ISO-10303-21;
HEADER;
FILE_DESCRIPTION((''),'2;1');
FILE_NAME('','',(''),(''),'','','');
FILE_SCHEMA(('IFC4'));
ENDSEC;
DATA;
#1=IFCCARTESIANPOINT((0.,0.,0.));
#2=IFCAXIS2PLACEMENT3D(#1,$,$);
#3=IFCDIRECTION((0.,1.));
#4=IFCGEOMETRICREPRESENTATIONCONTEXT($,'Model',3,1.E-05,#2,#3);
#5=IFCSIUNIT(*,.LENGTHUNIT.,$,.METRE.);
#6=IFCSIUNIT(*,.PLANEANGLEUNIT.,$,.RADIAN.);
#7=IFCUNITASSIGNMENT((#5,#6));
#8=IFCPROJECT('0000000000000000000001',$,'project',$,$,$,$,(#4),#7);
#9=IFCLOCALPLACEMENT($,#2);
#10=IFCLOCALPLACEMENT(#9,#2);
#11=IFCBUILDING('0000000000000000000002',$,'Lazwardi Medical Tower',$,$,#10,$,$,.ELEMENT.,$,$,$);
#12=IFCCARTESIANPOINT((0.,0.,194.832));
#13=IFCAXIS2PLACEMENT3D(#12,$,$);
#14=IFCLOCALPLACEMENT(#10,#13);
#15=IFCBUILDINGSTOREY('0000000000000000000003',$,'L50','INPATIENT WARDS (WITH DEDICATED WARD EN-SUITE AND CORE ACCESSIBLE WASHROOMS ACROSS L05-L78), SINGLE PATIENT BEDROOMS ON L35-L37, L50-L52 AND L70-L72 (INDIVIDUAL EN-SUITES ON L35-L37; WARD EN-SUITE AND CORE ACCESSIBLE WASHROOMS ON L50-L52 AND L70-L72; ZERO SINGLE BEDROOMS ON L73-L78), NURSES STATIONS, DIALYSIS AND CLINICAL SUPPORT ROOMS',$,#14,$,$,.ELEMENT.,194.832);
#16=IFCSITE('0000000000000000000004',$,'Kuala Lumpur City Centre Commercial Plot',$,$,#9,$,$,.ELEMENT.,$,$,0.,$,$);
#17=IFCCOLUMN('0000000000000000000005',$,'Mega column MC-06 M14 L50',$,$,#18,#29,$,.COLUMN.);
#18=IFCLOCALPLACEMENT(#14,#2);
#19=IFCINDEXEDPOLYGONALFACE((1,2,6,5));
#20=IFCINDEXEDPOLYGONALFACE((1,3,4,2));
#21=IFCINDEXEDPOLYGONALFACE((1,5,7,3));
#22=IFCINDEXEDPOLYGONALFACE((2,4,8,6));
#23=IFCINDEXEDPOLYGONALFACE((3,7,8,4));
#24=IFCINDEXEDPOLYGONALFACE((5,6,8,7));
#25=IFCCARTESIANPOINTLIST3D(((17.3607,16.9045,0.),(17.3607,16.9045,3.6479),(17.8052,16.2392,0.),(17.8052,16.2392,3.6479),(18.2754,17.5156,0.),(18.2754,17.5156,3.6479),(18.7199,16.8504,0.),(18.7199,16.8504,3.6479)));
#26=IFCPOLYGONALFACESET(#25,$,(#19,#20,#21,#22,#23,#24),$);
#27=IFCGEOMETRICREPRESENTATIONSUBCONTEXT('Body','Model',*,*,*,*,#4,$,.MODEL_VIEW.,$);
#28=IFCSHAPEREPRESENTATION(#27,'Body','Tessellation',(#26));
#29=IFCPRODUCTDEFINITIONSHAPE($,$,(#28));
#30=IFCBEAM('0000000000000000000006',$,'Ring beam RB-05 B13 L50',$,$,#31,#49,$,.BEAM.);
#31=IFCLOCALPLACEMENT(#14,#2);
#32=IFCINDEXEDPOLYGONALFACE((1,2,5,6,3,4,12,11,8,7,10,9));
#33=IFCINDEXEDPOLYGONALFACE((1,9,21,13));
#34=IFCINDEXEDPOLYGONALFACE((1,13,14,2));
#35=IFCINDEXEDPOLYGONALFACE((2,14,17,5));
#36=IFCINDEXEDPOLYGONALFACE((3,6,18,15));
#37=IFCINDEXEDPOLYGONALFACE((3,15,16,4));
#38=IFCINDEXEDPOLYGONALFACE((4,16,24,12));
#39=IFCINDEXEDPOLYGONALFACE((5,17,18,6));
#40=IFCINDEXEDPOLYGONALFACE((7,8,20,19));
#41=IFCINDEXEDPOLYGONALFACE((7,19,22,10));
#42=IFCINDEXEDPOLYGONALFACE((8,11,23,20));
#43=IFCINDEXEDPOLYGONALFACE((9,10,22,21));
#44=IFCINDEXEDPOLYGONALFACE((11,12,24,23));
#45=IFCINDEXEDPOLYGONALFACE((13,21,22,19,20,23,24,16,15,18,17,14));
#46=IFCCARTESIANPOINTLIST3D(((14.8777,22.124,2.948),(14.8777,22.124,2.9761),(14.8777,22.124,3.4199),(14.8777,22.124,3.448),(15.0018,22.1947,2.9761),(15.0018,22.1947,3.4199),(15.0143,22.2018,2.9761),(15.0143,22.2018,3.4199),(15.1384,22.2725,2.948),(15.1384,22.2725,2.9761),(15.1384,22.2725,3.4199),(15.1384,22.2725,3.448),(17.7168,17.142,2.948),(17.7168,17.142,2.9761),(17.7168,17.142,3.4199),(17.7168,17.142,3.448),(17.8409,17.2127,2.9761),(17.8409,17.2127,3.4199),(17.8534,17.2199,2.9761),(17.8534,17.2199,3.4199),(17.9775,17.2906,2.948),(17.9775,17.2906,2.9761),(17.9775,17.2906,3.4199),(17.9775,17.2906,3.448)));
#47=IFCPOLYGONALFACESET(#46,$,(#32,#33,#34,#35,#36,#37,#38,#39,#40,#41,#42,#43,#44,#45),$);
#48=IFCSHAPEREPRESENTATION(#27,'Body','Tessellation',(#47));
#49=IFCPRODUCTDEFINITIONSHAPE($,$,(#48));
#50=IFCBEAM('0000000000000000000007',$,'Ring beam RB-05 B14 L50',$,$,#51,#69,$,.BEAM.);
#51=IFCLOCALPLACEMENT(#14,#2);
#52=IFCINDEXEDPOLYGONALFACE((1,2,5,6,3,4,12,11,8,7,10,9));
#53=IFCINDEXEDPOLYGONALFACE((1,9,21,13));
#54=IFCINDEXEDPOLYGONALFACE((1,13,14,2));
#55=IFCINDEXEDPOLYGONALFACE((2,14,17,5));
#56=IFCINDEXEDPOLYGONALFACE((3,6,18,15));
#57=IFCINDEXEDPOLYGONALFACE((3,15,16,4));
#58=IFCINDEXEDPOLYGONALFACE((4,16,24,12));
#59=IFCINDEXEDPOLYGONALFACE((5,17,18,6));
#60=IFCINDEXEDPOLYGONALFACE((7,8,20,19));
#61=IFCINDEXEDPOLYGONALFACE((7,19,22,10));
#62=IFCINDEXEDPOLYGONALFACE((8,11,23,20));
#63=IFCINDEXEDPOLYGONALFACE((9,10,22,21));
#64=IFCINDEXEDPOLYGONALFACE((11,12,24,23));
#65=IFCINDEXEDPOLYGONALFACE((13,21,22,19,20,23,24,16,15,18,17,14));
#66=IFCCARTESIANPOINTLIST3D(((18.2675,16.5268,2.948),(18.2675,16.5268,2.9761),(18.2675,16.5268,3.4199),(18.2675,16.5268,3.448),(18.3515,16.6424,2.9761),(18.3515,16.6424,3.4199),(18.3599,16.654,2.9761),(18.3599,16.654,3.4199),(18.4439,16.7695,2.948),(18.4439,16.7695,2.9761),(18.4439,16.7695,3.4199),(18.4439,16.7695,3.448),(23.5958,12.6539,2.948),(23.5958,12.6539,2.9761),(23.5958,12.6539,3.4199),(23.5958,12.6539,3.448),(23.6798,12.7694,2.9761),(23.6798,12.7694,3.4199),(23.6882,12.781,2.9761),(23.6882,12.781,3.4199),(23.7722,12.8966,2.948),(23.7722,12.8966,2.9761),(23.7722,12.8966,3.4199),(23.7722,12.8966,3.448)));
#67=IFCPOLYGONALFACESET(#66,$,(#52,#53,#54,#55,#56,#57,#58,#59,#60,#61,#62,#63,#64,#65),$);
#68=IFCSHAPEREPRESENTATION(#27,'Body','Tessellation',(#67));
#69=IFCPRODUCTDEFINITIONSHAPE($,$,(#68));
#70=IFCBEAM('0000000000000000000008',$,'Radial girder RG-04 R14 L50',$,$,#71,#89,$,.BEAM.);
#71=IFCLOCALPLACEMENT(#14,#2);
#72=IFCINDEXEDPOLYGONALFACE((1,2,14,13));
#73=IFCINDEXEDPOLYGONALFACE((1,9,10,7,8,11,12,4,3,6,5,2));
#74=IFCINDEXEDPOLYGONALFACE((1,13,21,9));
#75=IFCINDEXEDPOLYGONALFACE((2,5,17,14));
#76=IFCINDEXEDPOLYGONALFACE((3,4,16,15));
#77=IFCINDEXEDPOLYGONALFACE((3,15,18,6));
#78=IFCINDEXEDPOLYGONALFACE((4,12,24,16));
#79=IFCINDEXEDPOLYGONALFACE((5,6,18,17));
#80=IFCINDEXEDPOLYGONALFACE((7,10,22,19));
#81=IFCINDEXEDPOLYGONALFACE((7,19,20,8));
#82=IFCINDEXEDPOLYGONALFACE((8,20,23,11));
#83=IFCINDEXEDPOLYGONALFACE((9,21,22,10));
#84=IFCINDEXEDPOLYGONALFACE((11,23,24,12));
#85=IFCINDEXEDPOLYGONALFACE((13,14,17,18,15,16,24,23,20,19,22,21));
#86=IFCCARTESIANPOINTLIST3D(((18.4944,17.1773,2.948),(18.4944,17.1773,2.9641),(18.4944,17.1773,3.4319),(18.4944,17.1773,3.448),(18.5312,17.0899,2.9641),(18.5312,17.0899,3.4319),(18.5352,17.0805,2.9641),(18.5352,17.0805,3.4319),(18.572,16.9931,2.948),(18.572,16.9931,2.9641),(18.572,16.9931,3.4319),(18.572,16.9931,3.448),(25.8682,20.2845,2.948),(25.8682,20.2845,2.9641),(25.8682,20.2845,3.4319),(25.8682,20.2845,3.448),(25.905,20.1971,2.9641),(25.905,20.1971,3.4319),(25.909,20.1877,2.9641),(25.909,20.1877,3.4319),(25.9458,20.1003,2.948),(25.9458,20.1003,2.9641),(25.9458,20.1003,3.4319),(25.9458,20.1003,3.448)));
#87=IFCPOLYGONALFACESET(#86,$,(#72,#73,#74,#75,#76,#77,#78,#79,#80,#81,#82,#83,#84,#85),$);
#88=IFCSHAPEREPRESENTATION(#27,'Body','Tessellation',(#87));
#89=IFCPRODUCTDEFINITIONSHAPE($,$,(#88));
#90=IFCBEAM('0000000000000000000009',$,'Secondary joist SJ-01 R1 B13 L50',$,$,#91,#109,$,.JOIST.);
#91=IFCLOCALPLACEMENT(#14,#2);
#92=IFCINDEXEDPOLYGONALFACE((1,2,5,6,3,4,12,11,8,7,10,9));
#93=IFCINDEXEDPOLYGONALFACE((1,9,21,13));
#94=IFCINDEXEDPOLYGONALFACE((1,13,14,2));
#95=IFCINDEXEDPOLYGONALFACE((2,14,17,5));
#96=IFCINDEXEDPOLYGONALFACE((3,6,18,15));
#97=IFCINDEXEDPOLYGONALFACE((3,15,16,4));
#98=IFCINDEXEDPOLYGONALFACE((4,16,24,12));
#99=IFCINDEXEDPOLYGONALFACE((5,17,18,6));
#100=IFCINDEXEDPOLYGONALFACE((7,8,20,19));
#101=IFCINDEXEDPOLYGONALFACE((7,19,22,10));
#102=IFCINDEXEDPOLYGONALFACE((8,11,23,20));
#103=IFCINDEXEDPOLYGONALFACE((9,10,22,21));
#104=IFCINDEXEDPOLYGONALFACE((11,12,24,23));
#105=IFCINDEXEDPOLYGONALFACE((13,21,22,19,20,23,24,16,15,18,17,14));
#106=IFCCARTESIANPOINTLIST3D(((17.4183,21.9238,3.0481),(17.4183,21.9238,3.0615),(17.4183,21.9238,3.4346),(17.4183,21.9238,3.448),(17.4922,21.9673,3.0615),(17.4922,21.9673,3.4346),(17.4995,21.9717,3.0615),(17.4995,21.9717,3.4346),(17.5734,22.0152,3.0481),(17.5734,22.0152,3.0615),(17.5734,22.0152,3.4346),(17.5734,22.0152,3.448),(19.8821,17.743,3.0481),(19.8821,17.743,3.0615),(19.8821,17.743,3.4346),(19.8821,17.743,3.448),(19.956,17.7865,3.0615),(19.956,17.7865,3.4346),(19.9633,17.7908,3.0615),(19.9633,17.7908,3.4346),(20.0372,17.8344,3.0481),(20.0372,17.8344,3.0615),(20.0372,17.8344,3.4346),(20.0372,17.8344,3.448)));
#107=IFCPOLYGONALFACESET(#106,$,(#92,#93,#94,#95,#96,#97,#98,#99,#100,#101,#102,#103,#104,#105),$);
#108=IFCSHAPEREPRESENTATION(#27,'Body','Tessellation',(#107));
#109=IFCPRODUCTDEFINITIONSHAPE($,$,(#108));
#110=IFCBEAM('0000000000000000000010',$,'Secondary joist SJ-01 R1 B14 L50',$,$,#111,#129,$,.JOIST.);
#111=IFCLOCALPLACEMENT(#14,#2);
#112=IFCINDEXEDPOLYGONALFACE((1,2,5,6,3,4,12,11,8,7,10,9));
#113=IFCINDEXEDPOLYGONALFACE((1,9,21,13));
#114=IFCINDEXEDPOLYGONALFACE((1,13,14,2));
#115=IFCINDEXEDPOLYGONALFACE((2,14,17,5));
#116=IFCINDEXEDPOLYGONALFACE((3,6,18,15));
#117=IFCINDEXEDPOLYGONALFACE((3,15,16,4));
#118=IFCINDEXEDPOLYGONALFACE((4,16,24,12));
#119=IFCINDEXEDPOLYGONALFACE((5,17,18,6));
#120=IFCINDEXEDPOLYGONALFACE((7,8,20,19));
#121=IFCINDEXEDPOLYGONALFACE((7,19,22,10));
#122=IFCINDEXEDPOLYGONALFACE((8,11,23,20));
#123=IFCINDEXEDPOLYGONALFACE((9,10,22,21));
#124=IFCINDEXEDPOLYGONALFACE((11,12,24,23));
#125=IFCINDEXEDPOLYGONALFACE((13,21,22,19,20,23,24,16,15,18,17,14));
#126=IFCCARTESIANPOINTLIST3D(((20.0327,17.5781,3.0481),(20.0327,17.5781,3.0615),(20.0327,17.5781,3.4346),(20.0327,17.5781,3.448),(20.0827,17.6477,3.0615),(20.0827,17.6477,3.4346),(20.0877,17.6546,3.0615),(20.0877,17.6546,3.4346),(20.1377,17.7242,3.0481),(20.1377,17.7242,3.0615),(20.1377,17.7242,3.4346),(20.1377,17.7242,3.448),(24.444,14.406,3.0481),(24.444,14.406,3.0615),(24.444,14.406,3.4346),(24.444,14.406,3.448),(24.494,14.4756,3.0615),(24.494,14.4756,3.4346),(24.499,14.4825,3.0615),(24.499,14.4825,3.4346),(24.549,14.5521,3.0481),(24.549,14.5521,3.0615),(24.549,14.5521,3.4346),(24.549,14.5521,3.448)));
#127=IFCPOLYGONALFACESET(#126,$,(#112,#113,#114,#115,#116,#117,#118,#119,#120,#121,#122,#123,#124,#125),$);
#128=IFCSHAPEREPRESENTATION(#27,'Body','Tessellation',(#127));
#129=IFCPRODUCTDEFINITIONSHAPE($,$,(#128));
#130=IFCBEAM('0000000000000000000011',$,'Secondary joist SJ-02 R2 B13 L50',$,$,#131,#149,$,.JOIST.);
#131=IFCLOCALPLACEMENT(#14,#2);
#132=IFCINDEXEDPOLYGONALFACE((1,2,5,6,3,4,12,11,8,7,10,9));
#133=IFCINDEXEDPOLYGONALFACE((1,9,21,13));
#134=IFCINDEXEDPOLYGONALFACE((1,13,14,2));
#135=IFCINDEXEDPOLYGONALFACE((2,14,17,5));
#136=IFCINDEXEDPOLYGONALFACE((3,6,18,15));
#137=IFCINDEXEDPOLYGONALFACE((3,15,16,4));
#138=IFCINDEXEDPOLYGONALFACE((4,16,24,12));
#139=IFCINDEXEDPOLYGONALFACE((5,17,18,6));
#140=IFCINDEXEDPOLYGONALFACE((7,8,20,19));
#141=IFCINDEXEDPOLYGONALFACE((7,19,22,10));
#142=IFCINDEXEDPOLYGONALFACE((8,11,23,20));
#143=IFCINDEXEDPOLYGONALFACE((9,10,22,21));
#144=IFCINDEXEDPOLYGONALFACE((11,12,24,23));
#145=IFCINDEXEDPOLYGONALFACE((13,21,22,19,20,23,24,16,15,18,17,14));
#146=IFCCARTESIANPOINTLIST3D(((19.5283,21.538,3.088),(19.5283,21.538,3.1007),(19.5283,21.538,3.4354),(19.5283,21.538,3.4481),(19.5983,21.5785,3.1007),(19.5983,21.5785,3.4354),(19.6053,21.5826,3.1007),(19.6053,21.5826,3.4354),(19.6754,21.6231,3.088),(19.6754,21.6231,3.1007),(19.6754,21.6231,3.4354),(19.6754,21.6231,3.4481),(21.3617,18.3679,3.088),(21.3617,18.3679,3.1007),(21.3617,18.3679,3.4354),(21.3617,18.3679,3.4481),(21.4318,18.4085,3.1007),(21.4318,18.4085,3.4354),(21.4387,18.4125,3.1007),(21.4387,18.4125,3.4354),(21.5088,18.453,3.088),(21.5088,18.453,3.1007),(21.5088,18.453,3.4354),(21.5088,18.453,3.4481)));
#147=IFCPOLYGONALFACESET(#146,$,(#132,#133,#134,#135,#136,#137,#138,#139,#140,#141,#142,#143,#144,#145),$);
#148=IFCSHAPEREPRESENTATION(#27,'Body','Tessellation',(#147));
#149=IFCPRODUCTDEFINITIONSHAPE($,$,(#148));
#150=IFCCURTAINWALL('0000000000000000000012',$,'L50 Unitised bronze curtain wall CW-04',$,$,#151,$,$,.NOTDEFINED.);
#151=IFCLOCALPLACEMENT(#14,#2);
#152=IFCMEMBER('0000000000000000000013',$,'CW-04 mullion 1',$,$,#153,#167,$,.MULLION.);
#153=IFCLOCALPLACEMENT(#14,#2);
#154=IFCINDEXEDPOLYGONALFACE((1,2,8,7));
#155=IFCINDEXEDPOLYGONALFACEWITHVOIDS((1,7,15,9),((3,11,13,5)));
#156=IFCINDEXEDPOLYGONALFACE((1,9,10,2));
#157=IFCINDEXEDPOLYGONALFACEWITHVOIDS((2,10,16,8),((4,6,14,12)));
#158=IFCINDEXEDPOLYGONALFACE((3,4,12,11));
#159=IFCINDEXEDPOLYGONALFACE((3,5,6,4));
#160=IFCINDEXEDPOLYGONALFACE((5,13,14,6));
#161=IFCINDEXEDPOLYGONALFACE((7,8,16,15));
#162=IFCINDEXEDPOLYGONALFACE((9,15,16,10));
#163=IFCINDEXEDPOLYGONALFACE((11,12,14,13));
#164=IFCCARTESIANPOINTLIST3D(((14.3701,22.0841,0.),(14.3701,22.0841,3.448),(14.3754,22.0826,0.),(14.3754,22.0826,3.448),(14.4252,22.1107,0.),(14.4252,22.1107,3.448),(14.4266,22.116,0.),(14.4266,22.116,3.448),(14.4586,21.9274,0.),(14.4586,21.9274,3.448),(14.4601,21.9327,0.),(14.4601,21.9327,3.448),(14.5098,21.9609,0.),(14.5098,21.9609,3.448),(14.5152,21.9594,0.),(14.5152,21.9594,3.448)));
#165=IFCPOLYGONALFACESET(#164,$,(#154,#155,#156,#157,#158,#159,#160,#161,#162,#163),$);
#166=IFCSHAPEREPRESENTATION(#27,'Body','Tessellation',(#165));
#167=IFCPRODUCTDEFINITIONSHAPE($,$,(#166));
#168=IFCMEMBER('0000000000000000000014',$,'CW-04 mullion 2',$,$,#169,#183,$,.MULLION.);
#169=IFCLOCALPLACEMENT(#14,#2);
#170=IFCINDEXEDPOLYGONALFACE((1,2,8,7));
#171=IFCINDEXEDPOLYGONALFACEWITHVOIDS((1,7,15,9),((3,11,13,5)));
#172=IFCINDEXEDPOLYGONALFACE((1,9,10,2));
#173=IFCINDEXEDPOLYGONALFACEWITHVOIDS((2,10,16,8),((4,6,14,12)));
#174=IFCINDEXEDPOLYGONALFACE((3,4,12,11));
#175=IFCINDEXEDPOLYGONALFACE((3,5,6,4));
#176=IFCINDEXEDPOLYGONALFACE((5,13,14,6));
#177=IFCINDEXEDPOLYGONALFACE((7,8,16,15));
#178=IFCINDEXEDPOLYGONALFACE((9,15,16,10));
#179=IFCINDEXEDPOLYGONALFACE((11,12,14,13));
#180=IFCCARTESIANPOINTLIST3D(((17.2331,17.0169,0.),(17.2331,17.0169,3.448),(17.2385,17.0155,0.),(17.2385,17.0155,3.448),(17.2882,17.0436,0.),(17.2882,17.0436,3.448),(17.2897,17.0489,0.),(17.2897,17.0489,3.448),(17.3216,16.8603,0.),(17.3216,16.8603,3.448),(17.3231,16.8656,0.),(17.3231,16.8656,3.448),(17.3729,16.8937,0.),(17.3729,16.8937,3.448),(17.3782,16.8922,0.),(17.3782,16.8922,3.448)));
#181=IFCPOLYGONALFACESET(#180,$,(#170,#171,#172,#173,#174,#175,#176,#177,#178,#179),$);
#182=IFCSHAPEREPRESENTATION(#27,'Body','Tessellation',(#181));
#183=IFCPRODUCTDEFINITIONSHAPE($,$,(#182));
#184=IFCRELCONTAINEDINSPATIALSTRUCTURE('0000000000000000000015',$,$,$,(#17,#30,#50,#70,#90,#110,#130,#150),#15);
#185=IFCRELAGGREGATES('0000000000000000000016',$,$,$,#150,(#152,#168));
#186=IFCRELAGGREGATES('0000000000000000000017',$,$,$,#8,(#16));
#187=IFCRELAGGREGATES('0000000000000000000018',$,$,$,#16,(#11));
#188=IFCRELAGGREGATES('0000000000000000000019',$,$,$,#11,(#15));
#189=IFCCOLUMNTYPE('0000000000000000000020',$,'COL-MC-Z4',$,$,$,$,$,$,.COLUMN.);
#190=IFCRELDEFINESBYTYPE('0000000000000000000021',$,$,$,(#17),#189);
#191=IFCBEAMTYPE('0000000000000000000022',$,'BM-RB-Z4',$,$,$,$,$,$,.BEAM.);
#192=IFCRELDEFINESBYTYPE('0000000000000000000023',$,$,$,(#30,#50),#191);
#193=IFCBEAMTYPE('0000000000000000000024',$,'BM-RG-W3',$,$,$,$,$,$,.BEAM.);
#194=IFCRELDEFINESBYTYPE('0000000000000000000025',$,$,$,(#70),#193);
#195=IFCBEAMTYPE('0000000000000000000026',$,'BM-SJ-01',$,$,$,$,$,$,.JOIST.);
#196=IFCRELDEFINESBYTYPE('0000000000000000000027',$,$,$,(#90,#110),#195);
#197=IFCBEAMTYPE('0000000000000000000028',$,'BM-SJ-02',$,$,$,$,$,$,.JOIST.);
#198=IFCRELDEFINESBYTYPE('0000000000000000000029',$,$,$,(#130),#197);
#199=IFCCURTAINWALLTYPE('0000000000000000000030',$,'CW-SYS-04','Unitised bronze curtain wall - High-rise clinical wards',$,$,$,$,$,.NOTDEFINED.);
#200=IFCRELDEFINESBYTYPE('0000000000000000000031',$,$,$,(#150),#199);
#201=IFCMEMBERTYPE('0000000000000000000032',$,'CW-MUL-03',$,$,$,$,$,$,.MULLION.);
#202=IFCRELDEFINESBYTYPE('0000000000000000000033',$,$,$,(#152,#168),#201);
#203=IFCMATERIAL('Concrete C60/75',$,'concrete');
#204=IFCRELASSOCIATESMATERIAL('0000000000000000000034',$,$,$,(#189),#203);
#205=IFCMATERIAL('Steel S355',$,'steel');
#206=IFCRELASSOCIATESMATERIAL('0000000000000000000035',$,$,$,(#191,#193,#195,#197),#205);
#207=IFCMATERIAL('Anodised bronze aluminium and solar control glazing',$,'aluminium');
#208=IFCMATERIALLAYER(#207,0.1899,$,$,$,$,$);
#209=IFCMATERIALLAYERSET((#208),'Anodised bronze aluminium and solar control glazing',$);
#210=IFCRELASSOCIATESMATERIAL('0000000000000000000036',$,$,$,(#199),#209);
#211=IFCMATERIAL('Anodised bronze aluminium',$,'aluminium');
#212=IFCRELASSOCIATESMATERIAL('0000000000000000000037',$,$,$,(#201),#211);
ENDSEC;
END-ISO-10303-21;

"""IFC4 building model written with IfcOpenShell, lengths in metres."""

from ifc_helpers import new_model, si_unit, direction, frame, origin, origin_2d, place, context, subcontext, project, spatial, rectangle, hollow_rectangle, i_section, extrude, material, layer, layer_set, material_profile, profile_set, type_object, element, aggregate, save


model = new_model("IFC4")

# Units and contexts
model_context = context("Model", 3, precision=1e-05, world=origin(), true_north=direction((0.0, 1.0)))
body_context = subcontext(model_context, "Body", "Model", "MODEL_VIEW")
ifc_project = project(units=[si_unit("LENGTHUNIT", "METRE"), si_unit("PLANEANGLEUNIT", "RADIAN")], contexts=[model_context])

# Site, building, storey
site_placement = place(None, origin())
site = spatial("IfcSite", under=ifc_project, at=site_placement, Name="Kuala Lumpur City Centre Commercial Plot", CompositionType="ELEMENT", RefElevation=0.0)
building_placement = place(site_placement, origin())
building = spatial("IfcBuilding", under=site, at=building_placement, Name="Lazwardi Medical Tower", CompositionType="ELEMENT")
storey_placement = place(building_placement, frame((0.0, 0.0, 194.832)))
storey = spatial("IfcBuildingStorey", under=building, at=storey_placement, Name="L50", Description="INPATIENT WARDS (WITH DEDICATED WARD EN-SUITE AND CORE ACCESSIBLE WASHROOMS ACROSS L05-L78), SINGLE PATIENT BEDROOMS ON L35-L37, L50-L52 AND L70-L72 (INDIVIDUAL EN-SUITES ON L35-L37; WARD EN-SUITE AND CORE ACCESSIBLE WASHROOMS ON L50-L52 AND L70-L72; ZERO SINGLE BEDROOMS ON L73-L78), NURSES STATIONS, DIALYSIS AND CLINICAL SUPPORT ROOMS", CompositionType="ELEMENT", Elevation=194.832)

# Column
ifc_material_1 = material(Name="Concrete C60/75", Category="concrete")
ifc_material_profile_1 = material_profile(ifc_material_1, rectangle(XDim=1.1001, YDim=0.8, at=origin_2d()), Name="CFT-RECT 1100x800")
ifc_profile_set_1 = profile_set([ifc_material_profile_1], Name="Concrete C60/75")
column_type = type_object("IfcColumnType", Name="COL-MC-Z4", PredefinedType="COLUMN", material=ifc_profile_set_1)
column_placement = place(storey_placement, frame((18.0403, 16.8774, 0.0), z_axis=(0.0, 0.0, 1.0), x_axis=(-0.83147, -0.55557, 0.0)))
element("IfcColumn", 1, at=column_placement, inside=storey, type_object=column_type, Name="Mega column MC-06 M14 L50", PredefinedType="COLUMN", context=body_context, shape_type="SweptSolid", body=[
    extrude(rectangle(XDim=1.1001, YDim=0.8, at=origin_2d()), origin(), (0.0, 0.0, 1.0), 3.6479),
])

# Beams
ifc_material_2 = material(Name="Steel S355", Category="steel")
ifc_material_profile_2 = material_profile(ifc_material_2, i_section(OverallWidth=0.3, OverallDepth=0.5, WebThickness=0.0144, FlangeThickness=0.0281, at=origin_2d()), Name="HEB 500")
ifc_profile_set_2 = profile_set([ifc_material_profile_2], Name="Steel S355")
beam_type_1 = type_object("IfcBeamType", Name="BM-RB-Z4", PredefinedType="BEAM", material=ifc_profile_set_2)
beam_1_placement = place(storey_placement, frame((15.0081, 22.1982, 3.198), z_axis=(0.495125, -0.868822, 0.0), x_axis=(0.868822, 0.495125, 0.0)))
element("IfcBeam", 2, at=beam_1_placement, inside=storey, type_object=beam_type_1, Name="Ring beam RB-05 B13 L50", PredefinedType="BEAM", context=body_context, shape_type="SweptSolid", body=[
    extrude(i_section(OverallWidth=0.3, OverallDepth=0.5, WebThickness=0.0144, FlangeThickness=0.0281, at=origin_2d()), origin(), (0.0, 0.0, 1.0), 5.7341),
])
beam_2_placement = place(storey_placement, frame((18.3557, 16.6482, 3.198), z_axis=(0.80889, -0.58796, 0.0), x_axis=(0.58796, 0.80889, 0.0)))
element("IfcBeam", 3, at=beam_2_placement, inside=storey, type_object=beam_type_1, Name="Ring beam RB-05 B14 L50", PredefinedType="BEAM", context=body_context, shape_type="SweptSolid", body=[
    extrude(i_section(OverallWidth=0.3, OverallDepth=0.5, WebThickness=0.0144, FlangeThickness=0.0281, at=origin_2d()), origin(), (0.0, 0.0, 1.0), 6.5872),
])
ifc_material_profile_3 = material_profile(ifc_material_2, i_section(OverallWidth=0.2, OverallDepth=0.5, WebThickness=0.0103, FlangeThickness=0.0161, at=origin_2d()), Name="IPE 500")
ifc_profile_set_3 = profile_set([ifc_material_profile_3], Name="Steel S355")
beam_type_2 = type_object("IfcBeamType", Name="BM-RG-W3", PredefinedType="BEAM", material=ifc_profile_set_3)
beam_3_placement = place(storey_placement, frame((18.5332, 17.0852, 3.198), z_axis=(0.921527, 0.388315, 0.0), x_axis=(-0.388315, 0.921527, 0.0)))
element("IfcBeam", 4, at=beam_3_placement, inside=storey, type_object=beam_type_2, Name="Radial girder RG-04 R14 L50", PredefinedType="BEAM", context=body_context, shape_type="SweptSolid", body=[
    extrude(i_section(OverallWidth=0.2, OverallDepth=0.5, WebThickness=0.0103, FlangeThickness=0.0161, at=origin_2d()), origin(), (0.0, 0.0, 1.0), 8.0017),
])
ifc_material_profile_4 = material_profile(ifc_material_2, i_section(OverallWidth=0.1799, OverallDepth=0.3999, WebThickness=0.0085, FlangeThickness=0.0134, at=origin_2d()), Name="IPE 400")
ifc_profile_set_4 = profile_set([ifc_material_profile_4], Name="Steel S355")
beam_type_3 = type_object("IfcBeamType", Name="BM-SJ-01", PredefinedType="JOIST", material=ifc_profile_set_4)
beam_4_placement = place(storey_placement, frame((17.4958, 21.9695, 3.248), z_axis=(0.50771, -0.861528, 0.0), x_axis=(0.861528, 0.50771, 0.0)))
element("IfcBeam", 5, at=beam_4_placement, inside=storey, type_object=beam_type_3, Name="Secondary joist SJ-01 R1 B13 L50", PredefinedType="JOIST", context=body_context, shape_type="SweptSolid", body=[
    extrude(i_section(OverallWidth=0.1799, OverallDepth=0.3999, WebThickness=0.0085, FlangeThickness=0.0134, at=origin_2d()), origin(), (0.0, 0.0, 1.0), 4.8528),
])
beam_5_placement = place(storey_placement, frame((20.0852, 17.6511, 3.248), z_axis=(0.81189, -0.583811, 0.0), x_axis=(0.583811, 0.81189, 0.0)))
element("IfcBeam", 6, at=beam_5_placement, inside=storey, type_object=beam_type_3, Name="Secondary joist SJ-01 R1 B14 L50", PredefinedType="JOIST", context=body_context, shape_type="SweptSolid", body=[
    extrude(i_section(OverallWidth=0.1799, OverallDepth=0.3999, WebThickness=0.0085, FlangeThickness=0.0134, at=origin_2d()), origin(), (0.0, 0.0, 1.0), 5.4333),
])
ifc_material_profile_5 = material_profile(ifc_material_2, i_section(OverallWidth=0.1699, OverallDepth=0.3601, WebThickness=0.0081, FlangeThickness=0.0127, at=origin_2d()), Name="IPE 360")
ifc_profile_set_5 = profile_set([ifc_material_profile_5], Name="Steel S355")
beam_type_4 = type_object("IfcBeamType", Name="BM-SJ-02", PredefinedType="JOIST", material=ifc_profile_set_5)
beam_6_placement = place(storey_placement, frame((19.6018, 21.5806, 3.2681), z_axis=(0.500655, -0.865647, 0.0), x_axis=(0.865647, 0.500655, 0.0)))
element("IfcBeam", 7, at=beam_6_placement, inside=storey, type_object=beam_type_4, Name="Secondary joist SJ-02 R2 B13 L50", PredefinedType="JOIST", context=body_context, shape_type="SweptSolid", body=[
    extrude(i_section(OverallWidth=0.1699, OverallDepth=0.3601, WebThickness=0.0081, FlangeThickness=0.0127, at=origin_2d()), origin(), (0.0, 0.0, 1.0), 3.6621),
])

# Curtain wall, members
ifc_material_3 = material(Name="Anodised bronze aluminium and solar control glazing", Category="aluminium")
ifc_layer_1 = layer(ifc_material_3, 0.1899)
ifc_layer_set_1 = layer_set([ifc_layer_1], Name="Anodised bronze aluminium and solar control glazing")
curtain_wall_type = type_object("IfcCurtainWallType", Name="CW-SYS-04", Description="Unitised bronze curtain wall - High-rise clinical wards", PredefinedType="NOTDEFINED", material=ifc_layer_set_1)
curtain_wall_1_placement = place(storey_placement, origin())
curtain_wall_1 = element("IfcCurtainWall", 8, at=curtain_wall_1_placement, inside=storey, type_object=curtain_wall_type, Name="L50 Unitised bronze curtain wall CW-04", PredefinedType="NOTDEFINED")
ifc_material_4 = material(Name="Anodised bronze aluminium", Category="aluminium")
ifc_material_profile_6 = material_profile(ifc_material_4, hollow_rectangle(XDim=0.0649, YDim=0.1799, WallThickness=0.0039, at=origin_2d()), Name="ALU-MULLION 180x65x4")
ifc_profile_set_6 = profile_set([ifc_material_profile_6], Name="Anodised bronze aluminium")
member_type_1 = type_object("IfcMemberType", Name="CW-MUL-03", PredefinedType="MULLION", material=ifc_profile_set_6)
member_1_placement = place(storey_placement, frame((14.4426, 22.0217, 0.0), z_axis=(0.0, 0.0, 1.0), x_axis=(0.870651, 0.4919, 0.0)))
member_1 = element("IfcMember", 9, at=member_1_placement, type_object=member_type_1, Name="CW-04 mullion 1", PredefinedType="MULLION", context=body_context, shape_type="SweptSolid", body=[
    extrude(hollow_rectangle(XDim=0.0649, YDim=0.1799, WallThickness=0.0039, at=origin_2d()), origin(), (0.0, 0.0, 1.0), 3.448),
])
member_2_placement = place(storey_placement, frame((17.3057, 16.9546, 0.0), z_axis=(0.0, 0.0, 1.0), x_axis=(0.870651, 0.4919, 0.0)))
member_2 = element("IfcMember", 10, at=member_2_placement, type_object=member_type_1, Name="CW-04 mullion 2", PredefinedType="MULLION", context=body_context, shape_type="SweptSolid", body=[
    extrude(hollow_rectangle(XDim=0.0649, YDim=0.1799, WallThickness=0.0039, at=origin_2d()), origin(), (0.0, 0.0, 1.0), 3.448),
])

aggregate(curtain_wall_1, [member_1, member_2])

save(model, "model.ifc")
